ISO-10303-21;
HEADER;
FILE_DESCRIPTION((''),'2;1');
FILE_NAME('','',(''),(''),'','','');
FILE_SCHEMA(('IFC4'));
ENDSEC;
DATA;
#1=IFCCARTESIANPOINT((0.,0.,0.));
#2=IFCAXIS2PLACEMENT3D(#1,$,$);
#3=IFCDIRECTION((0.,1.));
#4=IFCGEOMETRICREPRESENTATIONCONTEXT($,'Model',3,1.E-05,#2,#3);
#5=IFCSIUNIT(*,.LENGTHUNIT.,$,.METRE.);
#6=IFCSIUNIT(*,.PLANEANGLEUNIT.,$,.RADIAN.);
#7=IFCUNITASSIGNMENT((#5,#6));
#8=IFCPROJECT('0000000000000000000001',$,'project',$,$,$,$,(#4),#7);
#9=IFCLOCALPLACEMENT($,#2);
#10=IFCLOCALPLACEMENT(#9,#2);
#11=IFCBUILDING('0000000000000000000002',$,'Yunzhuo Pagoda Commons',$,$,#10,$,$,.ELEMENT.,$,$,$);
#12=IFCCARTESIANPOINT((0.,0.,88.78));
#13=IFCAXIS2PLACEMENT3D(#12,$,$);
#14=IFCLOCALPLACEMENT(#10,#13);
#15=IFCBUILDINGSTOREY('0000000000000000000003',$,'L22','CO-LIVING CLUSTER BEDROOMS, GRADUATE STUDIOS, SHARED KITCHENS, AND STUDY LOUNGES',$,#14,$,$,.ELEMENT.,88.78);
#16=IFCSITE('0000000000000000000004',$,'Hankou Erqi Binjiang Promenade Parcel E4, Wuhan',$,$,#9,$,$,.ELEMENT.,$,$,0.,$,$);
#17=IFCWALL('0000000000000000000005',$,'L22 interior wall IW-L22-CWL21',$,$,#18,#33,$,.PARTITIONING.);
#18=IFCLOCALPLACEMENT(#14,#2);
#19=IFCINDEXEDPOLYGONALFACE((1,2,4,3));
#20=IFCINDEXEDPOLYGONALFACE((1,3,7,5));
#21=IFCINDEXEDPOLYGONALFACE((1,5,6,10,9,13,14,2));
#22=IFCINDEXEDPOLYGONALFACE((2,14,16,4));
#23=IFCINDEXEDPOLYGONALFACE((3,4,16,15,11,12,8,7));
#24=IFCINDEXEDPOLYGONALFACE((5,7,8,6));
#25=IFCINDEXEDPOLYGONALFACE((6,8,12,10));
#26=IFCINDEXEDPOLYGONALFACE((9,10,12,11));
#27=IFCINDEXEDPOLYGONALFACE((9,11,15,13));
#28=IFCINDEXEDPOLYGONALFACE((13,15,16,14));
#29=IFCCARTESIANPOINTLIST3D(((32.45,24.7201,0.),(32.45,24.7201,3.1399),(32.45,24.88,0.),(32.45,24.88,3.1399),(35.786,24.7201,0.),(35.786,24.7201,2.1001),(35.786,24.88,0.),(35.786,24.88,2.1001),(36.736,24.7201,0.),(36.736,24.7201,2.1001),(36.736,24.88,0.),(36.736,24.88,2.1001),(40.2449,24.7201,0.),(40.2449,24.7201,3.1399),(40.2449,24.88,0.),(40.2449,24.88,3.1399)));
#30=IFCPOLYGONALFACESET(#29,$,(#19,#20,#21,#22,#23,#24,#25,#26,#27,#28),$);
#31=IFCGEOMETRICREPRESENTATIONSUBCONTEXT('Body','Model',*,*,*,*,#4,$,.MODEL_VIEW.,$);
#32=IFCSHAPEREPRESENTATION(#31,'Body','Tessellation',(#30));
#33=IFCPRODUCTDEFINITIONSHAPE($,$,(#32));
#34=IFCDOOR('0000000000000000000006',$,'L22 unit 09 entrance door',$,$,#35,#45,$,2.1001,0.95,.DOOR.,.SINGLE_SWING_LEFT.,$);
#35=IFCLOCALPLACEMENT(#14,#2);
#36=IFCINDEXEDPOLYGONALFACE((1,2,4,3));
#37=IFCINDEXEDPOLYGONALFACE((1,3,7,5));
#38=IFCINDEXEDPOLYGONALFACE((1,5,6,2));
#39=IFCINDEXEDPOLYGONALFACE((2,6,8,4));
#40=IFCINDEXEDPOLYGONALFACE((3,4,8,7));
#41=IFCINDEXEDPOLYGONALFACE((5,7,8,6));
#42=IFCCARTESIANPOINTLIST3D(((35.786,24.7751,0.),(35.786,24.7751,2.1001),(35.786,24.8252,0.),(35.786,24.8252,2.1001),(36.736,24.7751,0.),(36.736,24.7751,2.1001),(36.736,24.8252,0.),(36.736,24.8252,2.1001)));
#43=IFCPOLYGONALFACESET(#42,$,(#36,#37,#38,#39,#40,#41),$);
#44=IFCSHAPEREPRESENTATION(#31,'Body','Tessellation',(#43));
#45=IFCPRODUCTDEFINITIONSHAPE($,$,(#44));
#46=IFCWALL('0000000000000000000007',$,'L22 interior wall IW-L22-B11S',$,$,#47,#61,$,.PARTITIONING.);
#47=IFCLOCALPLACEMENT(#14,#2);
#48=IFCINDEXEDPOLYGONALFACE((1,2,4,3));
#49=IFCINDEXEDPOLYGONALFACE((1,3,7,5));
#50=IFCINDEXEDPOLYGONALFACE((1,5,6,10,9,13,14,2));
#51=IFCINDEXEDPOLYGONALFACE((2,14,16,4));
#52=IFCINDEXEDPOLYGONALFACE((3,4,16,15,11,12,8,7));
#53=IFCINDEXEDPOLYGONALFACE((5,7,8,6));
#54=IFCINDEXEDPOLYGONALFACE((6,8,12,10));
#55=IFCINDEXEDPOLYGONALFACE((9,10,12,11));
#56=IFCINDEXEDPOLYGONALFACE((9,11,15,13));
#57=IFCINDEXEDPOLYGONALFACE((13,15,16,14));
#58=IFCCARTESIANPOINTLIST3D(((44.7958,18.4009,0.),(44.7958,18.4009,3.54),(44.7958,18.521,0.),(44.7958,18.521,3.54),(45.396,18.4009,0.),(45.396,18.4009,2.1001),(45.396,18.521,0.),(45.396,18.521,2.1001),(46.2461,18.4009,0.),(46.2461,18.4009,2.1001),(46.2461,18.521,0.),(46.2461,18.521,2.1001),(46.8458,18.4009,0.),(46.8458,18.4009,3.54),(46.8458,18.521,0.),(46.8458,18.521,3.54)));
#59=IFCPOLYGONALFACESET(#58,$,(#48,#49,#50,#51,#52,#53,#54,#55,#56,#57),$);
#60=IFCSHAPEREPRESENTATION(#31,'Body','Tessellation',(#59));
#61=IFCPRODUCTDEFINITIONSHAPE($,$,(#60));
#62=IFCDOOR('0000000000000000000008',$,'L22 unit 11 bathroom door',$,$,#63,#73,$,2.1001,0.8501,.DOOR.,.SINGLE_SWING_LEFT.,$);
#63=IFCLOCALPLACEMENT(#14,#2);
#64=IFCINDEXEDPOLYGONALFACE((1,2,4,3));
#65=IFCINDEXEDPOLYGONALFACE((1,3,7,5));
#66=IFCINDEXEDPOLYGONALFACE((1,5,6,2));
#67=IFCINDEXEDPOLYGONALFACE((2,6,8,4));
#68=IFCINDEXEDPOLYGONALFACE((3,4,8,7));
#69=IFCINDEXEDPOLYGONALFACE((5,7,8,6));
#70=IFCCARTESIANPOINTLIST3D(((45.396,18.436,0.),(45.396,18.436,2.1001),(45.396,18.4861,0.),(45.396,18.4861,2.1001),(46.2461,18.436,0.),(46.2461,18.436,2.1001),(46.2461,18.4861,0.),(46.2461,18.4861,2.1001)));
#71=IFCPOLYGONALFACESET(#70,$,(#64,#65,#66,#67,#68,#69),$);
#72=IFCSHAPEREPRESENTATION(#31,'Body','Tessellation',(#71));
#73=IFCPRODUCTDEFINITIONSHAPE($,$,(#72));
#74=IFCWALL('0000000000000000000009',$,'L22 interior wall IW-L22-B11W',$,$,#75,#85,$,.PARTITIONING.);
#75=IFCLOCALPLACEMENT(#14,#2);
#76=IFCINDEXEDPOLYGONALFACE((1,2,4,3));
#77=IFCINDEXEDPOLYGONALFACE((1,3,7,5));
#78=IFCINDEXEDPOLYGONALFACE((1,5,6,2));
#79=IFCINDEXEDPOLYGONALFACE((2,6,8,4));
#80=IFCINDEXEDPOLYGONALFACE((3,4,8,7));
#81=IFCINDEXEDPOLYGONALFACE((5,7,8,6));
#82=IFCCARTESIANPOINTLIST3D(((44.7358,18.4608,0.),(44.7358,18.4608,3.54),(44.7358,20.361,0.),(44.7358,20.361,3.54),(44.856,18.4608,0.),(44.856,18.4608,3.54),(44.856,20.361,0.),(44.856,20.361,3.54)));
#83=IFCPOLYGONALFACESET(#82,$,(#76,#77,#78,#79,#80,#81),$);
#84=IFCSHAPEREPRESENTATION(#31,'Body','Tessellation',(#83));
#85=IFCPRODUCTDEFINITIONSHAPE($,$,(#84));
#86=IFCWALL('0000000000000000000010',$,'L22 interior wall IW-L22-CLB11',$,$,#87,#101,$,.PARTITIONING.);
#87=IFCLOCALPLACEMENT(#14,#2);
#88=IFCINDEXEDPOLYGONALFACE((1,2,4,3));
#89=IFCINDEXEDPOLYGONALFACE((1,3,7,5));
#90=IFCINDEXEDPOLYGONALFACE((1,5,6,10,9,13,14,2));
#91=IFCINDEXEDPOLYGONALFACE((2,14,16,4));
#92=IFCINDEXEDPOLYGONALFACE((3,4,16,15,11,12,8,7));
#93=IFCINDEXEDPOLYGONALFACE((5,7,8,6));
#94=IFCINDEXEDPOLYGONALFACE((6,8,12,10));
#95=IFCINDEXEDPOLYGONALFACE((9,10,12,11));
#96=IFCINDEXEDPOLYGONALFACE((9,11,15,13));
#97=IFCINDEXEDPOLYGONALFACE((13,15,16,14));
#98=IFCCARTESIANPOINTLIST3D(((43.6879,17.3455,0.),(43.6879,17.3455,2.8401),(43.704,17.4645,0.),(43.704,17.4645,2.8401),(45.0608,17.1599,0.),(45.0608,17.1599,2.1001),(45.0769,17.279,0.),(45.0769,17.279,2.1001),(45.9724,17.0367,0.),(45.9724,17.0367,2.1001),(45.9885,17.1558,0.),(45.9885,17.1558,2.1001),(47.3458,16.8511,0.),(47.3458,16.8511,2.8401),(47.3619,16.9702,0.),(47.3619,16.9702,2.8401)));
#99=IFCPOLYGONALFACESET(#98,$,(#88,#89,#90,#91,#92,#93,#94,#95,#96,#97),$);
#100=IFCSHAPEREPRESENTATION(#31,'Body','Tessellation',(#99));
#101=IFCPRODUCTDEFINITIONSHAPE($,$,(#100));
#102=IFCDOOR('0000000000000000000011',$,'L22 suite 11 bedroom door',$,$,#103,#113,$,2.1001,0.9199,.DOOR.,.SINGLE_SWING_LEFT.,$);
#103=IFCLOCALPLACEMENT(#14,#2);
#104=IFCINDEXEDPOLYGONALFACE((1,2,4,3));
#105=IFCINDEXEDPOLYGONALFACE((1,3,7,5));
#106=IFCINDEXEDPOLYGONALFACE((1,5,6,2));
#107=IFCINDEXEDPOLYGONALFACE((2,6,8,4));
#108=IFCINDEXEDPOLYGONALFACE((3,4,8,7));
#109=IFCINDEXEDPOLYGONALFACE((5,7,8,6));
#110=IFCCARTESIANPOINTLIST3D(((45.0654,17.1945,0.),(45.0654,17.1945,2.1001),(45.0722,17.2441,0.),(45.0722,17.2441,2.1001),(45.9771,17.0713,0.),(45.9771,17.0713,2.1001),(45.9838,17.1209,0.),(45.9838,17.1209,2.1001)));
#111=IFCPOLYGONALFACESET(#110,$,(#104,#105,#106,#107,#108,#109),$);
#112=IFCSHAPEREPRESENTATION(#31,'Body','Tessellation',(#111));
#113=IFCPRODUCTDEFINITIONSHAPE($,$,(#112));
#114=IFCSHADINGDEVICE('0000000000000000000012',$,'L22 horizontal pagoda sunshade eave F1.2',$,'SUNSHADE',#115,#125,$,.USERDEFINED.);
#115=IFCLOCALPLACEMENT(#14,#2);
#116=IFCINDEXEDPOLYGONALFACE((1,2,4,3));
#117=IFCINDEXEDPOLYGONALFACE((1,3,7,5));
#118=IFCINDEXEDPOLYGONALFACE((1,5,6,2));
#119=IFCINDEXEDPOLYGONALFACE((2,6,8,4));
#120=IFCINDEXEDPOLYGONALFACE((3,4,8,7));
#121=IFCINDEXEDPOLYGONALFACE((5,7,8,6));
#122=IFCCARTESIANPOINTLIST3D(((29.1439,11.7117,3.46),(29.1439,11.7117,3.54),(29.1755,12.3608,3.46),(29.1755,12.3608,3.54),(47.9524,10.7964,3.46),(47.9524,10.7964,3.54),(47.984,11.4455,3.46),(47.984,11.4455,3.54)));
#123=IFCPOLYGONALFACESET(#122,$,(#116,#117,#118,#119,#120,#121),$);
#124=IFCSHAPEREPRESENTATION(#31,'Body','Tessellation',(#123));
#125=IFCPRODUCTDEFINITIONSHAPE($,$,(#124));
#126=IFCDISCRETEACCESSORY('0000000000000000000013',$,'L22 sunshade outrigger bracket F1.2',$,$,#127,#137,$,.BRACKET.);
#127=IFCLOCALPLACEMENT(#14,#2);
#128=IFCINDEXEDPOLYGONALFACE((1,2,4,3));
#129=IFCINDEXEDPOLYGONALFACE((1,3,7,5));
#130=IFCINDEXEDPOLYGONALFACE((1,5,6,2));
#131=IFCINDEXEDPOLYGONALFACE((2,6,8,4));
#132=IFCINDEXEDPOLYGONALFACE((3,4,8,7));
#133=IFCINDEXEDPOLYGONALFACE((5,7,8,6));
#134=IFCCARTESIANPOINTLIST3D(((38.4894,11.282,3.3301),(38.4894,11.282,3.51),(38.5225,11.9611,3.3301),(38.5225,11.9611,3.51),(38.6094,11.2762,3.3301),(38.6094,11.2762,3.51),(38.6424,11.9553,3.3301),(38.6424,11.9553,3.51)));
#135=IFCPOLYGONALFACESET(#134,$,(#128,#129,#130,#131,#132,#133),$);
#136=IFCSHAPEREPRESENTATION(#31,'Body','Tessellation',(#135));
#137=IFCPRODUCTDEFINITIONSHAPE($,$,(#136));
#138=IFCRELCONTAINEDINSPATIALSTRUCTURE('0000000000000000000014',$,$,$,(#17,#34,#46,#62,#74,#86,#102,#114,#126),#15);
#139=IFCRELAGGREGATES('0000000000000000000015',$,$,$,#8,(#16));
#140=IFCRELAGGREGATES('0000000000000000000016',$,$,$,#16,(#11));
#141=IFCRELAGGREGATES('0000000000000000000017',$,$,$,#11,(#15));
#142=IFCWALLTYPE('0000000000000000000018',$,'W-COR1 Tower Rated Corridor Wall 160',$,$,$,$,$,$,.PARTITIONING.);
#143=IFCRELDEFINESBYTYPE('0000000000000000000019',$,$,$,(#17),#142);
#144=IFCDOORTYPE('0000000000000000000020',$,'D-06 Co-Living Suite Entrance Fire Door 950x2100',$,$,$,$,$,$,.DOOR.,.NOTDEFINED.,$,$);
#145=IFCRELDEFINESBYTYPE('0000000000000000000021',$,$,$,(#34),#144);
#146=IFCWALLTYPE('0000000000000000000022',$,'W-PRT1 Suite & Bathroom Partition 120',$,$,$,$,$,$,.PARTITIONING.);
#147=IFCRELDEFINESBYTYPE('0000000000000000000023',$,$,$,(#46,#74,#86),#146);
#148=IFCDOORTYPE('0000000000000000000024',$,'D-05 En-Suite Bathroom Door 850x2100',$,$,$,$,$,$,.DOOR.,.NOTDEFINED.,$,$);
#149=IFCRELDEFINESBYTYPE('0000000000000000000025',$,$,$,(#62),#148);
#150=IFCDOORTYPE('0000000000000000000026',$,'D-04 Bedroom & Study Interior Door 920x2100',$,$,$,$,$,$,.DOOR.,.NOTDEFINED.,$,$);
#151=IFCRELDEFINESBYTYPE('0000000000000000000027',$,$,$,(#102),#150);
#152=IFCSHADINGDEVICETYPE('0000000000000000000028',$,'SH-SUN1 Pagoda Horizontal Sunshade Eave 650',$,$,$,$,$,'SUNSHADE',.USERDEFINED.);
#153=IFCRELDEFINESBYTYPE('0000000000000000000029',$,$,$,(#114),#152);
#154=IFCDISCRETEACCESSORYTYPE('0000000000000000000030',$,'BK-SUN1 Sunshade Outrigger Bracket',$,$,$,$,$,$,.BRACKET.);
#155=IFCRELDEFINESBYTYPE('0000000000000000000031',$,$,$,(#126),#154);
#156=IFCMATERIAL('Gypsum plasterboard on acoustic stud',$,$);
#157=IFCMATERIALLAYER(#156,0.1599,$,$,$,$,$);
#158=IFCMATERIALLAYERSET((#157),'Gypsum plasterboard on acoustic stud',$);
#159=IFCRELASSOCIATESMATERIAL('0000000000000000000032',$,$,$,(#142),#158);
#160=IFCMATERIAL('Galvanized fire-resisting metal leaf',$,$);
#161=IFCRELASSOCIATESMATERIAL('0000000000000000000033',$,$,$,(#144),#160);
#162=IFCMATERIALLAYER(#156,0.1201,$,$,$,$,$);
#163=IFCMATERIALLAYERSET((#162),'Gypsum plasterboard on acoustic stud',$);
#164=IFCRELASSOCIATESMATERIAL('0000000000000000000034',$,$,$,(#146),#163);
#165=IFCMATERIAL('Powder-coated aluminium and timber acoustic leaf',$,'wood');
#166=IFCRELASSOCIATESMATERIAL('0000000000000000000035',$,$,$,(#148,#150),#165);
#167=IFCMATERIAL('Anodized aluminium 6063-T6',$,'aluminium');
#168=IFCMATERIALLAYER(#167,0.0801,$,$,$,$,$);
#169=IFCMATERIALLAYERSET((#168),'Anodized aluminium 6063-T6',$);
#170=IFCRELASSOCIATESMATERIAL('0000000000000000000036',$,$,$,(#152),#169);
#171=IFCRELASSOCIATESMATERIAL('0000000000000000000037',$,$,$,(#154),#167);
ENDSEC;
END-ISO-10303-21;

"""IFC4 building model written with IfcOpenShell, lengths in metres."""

from ifc_helpers import new_model, si_unit, direction, frame, frame_2d, origin, origin_with_axes, origin_2d, place, context, subcontext, project, spatial, rectangle, extrude, source, transform, mapped, material, layer, layer_set, type_object, element, fill, save


model = new_model("IFC4")

# Units and contexts
model_context = context("Model", 3, precision=1e-05, world=origin(), true_north=direction((0.0, 1.0)))
body_context = subcontext(model_context, "Body", "Model", "MODEL_VIEW")
ifc_project = project(units=[si_unit("LENGTHUNIT", "METRE"), si_unit("PLANEANGLEUNIT", "RADIAN")], contexts=[model_context])

# Site, building, storey
site_placement = place(None, origin())
site = spatial("IfcSite", under=ifc_project, at=site_placement, Name="Hankou Erqi Binjiang Promenade Parcel E4, Wuhan", CompositionType="ELEMENT", RefElevation=0.0)
building_placement = place(site_placement, origin())
building = spatial("IfcBuilding", under=site, at=building_placement, Name="Yunzhuo Pagoda Commons", CompositionType="ELEMENT")
storey_placement = place(building_placement, frame((0.0, 0.0, 88.78)))
storey = spatial("IfcBuildingStorey", under=building, at=storey_placement, Name="L22", Description="CO-LIVING CLUSTER BEDROOMS, GRADUATE STUDIOS, SHARED KITCHENS, AND STUDY LOUNGES", CompositionType="ELEMENT", Elevation=88.78)

# Shared definitions
ifc_material_1 = material(Name="Anodized aluminium 6063-T6", Category="aluminium")

# Walls, openings, doors
ifc_material_2 = material(Name="Gypsum plasterboard on acoustic stud")
ifc_layer_1 = layer(ifc_material_2, 0.1599)
ifc_layer_set_1 = layer_set([ifc_layer_1], Name="Gypsum plasterboard on acoustic stud")
wall_type_1 = type_object("IfcWallType", Name="W-COR1 Tower Rated Corridor Wall 160", PredefinedType="PARTITIONING", material=ifc_layer_set_1)
wall_1_placement = place(storey_placement, frame((40.2449, 24.8, 0.0), z_axis=(0.0, 0.0, 1.0), x_axis=(-1.0, 0.0, 0.0)))
wall_1 = element("IfcWall", 1, at=wall_1_placement, inside=storey, type_object=wall_type_1, Name="L22 interior wall IW-L22-CWL21", PredefinedType="PARTITIONING", context=body_context, shape_type="SweptSolid", body=[
    extrude(rectangle(XDim=7.7949, YDim=0.1599, at=frame_2d((3.8975, 0.0))), origin(), (0.0, 0.0, 1.0), 3.1399),
])
opening_1_placement = place(wall_1_placement, frame((3.5088, 0.0, 0.0)))
opening_1 = element("IfcOpeningElement", 2, at=opening_1_placement, cuts=wall_1, PredefinedType="OPENING", context=body_context, shape_type="SweptSolid", body=[
    extrude(rectangle(XDim=0.95, YDim=2.1001, at=frame_2d((0.4751, 1.05))), frame((0.0, 0.0898, 0.0), z_axis=(0.0, -1.0, 0.0), x_axis=(1.0, 0.0, 0.0)), (0.0, 0.0, 1.0), 0.1799),
])
ifc_material_3 = material(Name="Galvanized fire-resisting metal leaf")
door_type_1 = type_object("IfcDoorType", Name="D-06 Co-Living Suite Entrance Fire Door 950x2100", OperationType="NOTDEFINED", PredefinedType="DOOR", material=ifc_material_3)
shared_shape_1 = source(origin(), body_context, "Body", "SweptSolid", [
    extrude(rectangle(XDim=0.95, YDim=2.1001, at=frame_2d((0.4751, 1.05))), frame((0.0, 0.0249, 0.0), z_axis=(0.0, -1.0, 0.0), x_axis=(1.0, 0.0, 0.0)), (0.0, 0.0, 1.0), 0.05),
])
door_1_placement = place(opening_1_placement, origin_with_axes())
door_1 = element("IfcDoor", 3, at=door_1_placement, inside=storey, type_object=door_type_1, Name="L22 unit 09 entrance door", OperationType="SINGLE_SWING_LEFT", OverallHeight=2.1001, OverallWidth=0.95, PredefinedType="DOOR", context=body_context, shape_type="MappedRepresentation", body=[
    mapped(shared_shape_1, transform((0.0, 0.0, 0.0), scale=1.0)),
])
fill(opening_1, door_1)
ifc_layer_2 = layer(ifc_material_2, 0.1201)
ifc_layer_set_2 = layer_set([ifc_layer_2], Name="Gypsum plasterboard on acoustic stud")
wall_type_2 = type_object("IfcWallType", Name="W-PRT1 Suite & Bathroom Partition 120", PredefinedType="PARTITIONING", material=ifc_layer_set_2)
wall_2_placement = place(storey_placement, frame((44.7959, 18.4609, 0.0), z_axis=(0.0, 0.0, 1.0), x_axis=(1.0, 0.0, 0.0)))
wall_2 = element("IfcWall", 4, at=wall_2_placement, inside=storey, type_object=wall_type_2, Name="L22 interior wall IW-L22-B11S", PredefinedType="PARTITIONING", context=body_context, shape_type="SweptSolid", body=[
    extrude(rectangle(XDim=2.05, YDim=0.1201, at=frame_2d((1.0249, 0.0))), origin(), (0.0, 0.0, 1.0), 3.54),
])
opening_2_placement = place(wall_2_placement, frame((0.6001, 0.0, 0.0)))
opening_2 = element("IfcOpeningElement", 5, at=opening_2_placement, cuts=wall_2, PredefinedType="OPENING", context=body_context, shape_type="SweptSolid", body=[
    extrude(rectangle(XDim=0.8501, YDim=2.1001, at=frame_2d((0.425, 1.05))), frame((0.0, 0.0701, 0.0), z_axis=(0.0, -1.0, 0.0), x_axis=(1.0, 0.0, 0.0)), (0.0, 0.0, 1.0), 0.1401),
])
ifc_material_4 = material(Name="Powder-coated aluminium and timber acoustic leaf", Category="wood")
door_type_2 = type_object("IfcDoorType", Name="D-05 En-Suite Bathroom Door 850x2100", OperationType="NOTDEFINED", PredefinedType="DOOR", material=ifc_material_4)
shared_shape_2 = source(origin(), body_context, "Body", "SweptSolid", [
    extrude(rectangle(XDim=0.8501, YDim=2.1001, at=frame_2d((0.425, 1.05))), frame((0.0, 0.0249, 0.0), z_axis=(0.0, -1.0, 0.0), x_axis=(1.0, 0.0, 0.0)), (0.0, 0.0, 1.0), 0.05),
])
door_2_placement = place(opening_2_placement, frame((0.8501, 0.0, 0.0), z_axis=(0.0, 0.0, 1.0), x_axis=(-1.0, 0.0, 0.0)))
door_2 = element("IfcDoor", 6, at=door_2_placement, inside=storey, type_object=door_type_2, Name="L22 unit 11 bathroom door", OperationType="SINGLE_SWING_LEFT", OverallHeight=2.1001, OverallWidth=0.8501, PredefinedType="DOOR", context=body_context, shape_type="MappedRepresentation", body=[
    mapped(shared_shape_2, transform((0.0, 0.0, 0.0), scale=1.0)),
])
fill(opening_2, door_2)

# Wall
wall_3_placement = place(storey_placement, frame((44.7959, 20.3611, 0.0), z_axis=(0.0, 0.0, 1.0), x_axis=(0.0, -1.0, 0.0)))
element("IfcWall", 7, at=wall_3_placement, inside=storey, type_object=wall_type_2, Name="L22 interior wall IW-L22-B11W", PredefinedType="PARTITIONING", context=body_context, shape_type="SweptSolid", body=[
    extrude(rectangle(XDim=1.9001, YDim=0.1201, at=frame_2d((0.9502, 0.0))), origin(), (0.0, 0.0, 1.0), 3.54),
])

# Wall, opening, door
wall_4_placement = place(storey_placement, frame((43.6958, 17.405, 0.0), z_axis=(0.0, 0.0, 1.0), x_axis=(0.99099, -0.133935, 0.0)))
wall_4 = element("IfcWall", 8, at=wall_4_placement, inside=storey, type_object=wall_type_2, Name="L22 interior wall IW-L22-CLB11", PredefinedType="PARTITIONING", context=body_context, shape_type="SweptSolid", body=[
    extrude(rectangle(XDim=3.6912, YDim=0.1201, at=frame_2d((1.8457, 0.0))), origin(), (0.0, 0.0, 1.0), 2.8401),
])
opening_3_placement = place(wall_4_placement, frame((1.3855, 0.0, 0.0)))
opening_3 = element("IfcOpeningElement", 9, at=opening_3_placement, cuts=wall_4, PredefinedType="OPENING", context=body_context, shape_type="SweptSolid", body=[
    extrude(rectangle(XDim=0.9199, YDim=2.1001, at=frame_2d((0.46, 1.05))), frame((0.0, 0.0701, 0.0), z_axis=(0.0, -1.0, 0.0), x_axis=(1.0, 0.0, 0.0)), (0.0, 0.0, 1.0), 0.1401),
])
door_type_3 = type_object("IfcDoorType", Name="D-04 Bedroom & Study Interior Door 920x2100", OperationType="NOTDEFINED", PredefinedType="DOOR", material=ifc_material_4)
shared_shape_3 = source(origin(), body_context, "Body", "SweptSolid", [
    extrude(rectangle(XDim=0.9199, YDim=2.1001, at=frame_2d((0.46, 1.05))), frame((0.0, 0.0249, 0.0), z_axis=(0.0, -1.0, 0.0), x_axis=(1.0, 0.0, 0.0)), (0.0, 0.0, 1.0), 0.05),
])
door_3_placement = place(opening_3_placement, origin_with_axes())
door_3 = element("IfcDoor", 10, at=door_3_placement, inside=storey, type_object=door_type_3, Name="L22 suite 11 bedroom door", OperationType="SINGLE_SWING_LEFT", OverallHeight=2.1001, OverallWidth=0.9199, PredefinedType="DOOR", context=body_context, shape_type="MappedRepresentation", body=[
    mapped(shared_shape_3, transform((0.0, 0.0, 0.0), scale=1.0)),
])
fill(opening_3, door_3)

# Shading device
ifc_layer_3 = layer(ifc_material_1, 0.0801)
ifc_layer_set_3 = layer_set([ifc_layer_3], Name="Anodized aluminium 6063-T6")
shading_device_type = type_object("IfcShadingDeviceType", Name="SH-SUN1 Pagoda Horizontal Sunshade Eave 650", ElementType="SUNSHADE", PredefinedType="USERDEFINED", material=ifc_layer_set_3)
shared_shape_4 = source(origin(), body_context, "Body", "SweptSolid", [
    extrude(rectangle(XDim=18.8308, YDim=0.6499, at=origin_2d()), origin(), (0.0, 0.0, 1.0), 0.0801),
])
shading_device_placement = place(storey_placement, frame((38.564, 11.5786, 3.46), z_axis=(0.0, 0.0, 1.0), x_axis=(0.998818, -0.048606, 0.0)))
element("IfcShadingDevice", 11, at=shading_device_placement, inside=storey, type_object=shading_device_type, Name="L22 horizontal pagoda sunshade eave F1.2", ObjectType="SUNSHADE", PredefinedType="USERDEFINED", context=body_context, shape_type="MappedRepresentation", body=[
    mapped(shared_shape_4, transform((0.0, 0.0, 0.0), scale=1.0)),
])

# Discrete accessory
discrete_accessory_type = type_object("IfcDiscreteAccessoryType", Name="BK-SUN1 Sunshade Outrigger Bracket", PredefinedType="BRACKET", material=ifc_material_1)
shared_shape_5 = source(origin(), body_context, "Body", "SweptSolid", [
    extrude(rectangle(XDim=0.1201, YDim=0.6799, at=origin_2d()), origin(), (0.0, 0.0, 1.0), 0.1799),
])
discrete_accessory_placement = place(storey_placement, frame((38.5659, 11.6187, 3.3301), z_axis=(0.0, 0.0, 1.0), x_axis=(0.998818, -0.048606, 0.0)))
element("IfcDiscreteAccessory", 12, at=discrete_accessory_placement, inside=storey, type_object=discrete_accessory_type, Name="L22 sunshade outrigger bracket F1.2", PredefinedType="BRACKET", context=body_context, shape_type="MappedRepresentation", body=[
    mapped(shared_shape_5, transform((0.0, 0.0, 0.0), scale=1.0)),
])

save(model, "model.ifc")
